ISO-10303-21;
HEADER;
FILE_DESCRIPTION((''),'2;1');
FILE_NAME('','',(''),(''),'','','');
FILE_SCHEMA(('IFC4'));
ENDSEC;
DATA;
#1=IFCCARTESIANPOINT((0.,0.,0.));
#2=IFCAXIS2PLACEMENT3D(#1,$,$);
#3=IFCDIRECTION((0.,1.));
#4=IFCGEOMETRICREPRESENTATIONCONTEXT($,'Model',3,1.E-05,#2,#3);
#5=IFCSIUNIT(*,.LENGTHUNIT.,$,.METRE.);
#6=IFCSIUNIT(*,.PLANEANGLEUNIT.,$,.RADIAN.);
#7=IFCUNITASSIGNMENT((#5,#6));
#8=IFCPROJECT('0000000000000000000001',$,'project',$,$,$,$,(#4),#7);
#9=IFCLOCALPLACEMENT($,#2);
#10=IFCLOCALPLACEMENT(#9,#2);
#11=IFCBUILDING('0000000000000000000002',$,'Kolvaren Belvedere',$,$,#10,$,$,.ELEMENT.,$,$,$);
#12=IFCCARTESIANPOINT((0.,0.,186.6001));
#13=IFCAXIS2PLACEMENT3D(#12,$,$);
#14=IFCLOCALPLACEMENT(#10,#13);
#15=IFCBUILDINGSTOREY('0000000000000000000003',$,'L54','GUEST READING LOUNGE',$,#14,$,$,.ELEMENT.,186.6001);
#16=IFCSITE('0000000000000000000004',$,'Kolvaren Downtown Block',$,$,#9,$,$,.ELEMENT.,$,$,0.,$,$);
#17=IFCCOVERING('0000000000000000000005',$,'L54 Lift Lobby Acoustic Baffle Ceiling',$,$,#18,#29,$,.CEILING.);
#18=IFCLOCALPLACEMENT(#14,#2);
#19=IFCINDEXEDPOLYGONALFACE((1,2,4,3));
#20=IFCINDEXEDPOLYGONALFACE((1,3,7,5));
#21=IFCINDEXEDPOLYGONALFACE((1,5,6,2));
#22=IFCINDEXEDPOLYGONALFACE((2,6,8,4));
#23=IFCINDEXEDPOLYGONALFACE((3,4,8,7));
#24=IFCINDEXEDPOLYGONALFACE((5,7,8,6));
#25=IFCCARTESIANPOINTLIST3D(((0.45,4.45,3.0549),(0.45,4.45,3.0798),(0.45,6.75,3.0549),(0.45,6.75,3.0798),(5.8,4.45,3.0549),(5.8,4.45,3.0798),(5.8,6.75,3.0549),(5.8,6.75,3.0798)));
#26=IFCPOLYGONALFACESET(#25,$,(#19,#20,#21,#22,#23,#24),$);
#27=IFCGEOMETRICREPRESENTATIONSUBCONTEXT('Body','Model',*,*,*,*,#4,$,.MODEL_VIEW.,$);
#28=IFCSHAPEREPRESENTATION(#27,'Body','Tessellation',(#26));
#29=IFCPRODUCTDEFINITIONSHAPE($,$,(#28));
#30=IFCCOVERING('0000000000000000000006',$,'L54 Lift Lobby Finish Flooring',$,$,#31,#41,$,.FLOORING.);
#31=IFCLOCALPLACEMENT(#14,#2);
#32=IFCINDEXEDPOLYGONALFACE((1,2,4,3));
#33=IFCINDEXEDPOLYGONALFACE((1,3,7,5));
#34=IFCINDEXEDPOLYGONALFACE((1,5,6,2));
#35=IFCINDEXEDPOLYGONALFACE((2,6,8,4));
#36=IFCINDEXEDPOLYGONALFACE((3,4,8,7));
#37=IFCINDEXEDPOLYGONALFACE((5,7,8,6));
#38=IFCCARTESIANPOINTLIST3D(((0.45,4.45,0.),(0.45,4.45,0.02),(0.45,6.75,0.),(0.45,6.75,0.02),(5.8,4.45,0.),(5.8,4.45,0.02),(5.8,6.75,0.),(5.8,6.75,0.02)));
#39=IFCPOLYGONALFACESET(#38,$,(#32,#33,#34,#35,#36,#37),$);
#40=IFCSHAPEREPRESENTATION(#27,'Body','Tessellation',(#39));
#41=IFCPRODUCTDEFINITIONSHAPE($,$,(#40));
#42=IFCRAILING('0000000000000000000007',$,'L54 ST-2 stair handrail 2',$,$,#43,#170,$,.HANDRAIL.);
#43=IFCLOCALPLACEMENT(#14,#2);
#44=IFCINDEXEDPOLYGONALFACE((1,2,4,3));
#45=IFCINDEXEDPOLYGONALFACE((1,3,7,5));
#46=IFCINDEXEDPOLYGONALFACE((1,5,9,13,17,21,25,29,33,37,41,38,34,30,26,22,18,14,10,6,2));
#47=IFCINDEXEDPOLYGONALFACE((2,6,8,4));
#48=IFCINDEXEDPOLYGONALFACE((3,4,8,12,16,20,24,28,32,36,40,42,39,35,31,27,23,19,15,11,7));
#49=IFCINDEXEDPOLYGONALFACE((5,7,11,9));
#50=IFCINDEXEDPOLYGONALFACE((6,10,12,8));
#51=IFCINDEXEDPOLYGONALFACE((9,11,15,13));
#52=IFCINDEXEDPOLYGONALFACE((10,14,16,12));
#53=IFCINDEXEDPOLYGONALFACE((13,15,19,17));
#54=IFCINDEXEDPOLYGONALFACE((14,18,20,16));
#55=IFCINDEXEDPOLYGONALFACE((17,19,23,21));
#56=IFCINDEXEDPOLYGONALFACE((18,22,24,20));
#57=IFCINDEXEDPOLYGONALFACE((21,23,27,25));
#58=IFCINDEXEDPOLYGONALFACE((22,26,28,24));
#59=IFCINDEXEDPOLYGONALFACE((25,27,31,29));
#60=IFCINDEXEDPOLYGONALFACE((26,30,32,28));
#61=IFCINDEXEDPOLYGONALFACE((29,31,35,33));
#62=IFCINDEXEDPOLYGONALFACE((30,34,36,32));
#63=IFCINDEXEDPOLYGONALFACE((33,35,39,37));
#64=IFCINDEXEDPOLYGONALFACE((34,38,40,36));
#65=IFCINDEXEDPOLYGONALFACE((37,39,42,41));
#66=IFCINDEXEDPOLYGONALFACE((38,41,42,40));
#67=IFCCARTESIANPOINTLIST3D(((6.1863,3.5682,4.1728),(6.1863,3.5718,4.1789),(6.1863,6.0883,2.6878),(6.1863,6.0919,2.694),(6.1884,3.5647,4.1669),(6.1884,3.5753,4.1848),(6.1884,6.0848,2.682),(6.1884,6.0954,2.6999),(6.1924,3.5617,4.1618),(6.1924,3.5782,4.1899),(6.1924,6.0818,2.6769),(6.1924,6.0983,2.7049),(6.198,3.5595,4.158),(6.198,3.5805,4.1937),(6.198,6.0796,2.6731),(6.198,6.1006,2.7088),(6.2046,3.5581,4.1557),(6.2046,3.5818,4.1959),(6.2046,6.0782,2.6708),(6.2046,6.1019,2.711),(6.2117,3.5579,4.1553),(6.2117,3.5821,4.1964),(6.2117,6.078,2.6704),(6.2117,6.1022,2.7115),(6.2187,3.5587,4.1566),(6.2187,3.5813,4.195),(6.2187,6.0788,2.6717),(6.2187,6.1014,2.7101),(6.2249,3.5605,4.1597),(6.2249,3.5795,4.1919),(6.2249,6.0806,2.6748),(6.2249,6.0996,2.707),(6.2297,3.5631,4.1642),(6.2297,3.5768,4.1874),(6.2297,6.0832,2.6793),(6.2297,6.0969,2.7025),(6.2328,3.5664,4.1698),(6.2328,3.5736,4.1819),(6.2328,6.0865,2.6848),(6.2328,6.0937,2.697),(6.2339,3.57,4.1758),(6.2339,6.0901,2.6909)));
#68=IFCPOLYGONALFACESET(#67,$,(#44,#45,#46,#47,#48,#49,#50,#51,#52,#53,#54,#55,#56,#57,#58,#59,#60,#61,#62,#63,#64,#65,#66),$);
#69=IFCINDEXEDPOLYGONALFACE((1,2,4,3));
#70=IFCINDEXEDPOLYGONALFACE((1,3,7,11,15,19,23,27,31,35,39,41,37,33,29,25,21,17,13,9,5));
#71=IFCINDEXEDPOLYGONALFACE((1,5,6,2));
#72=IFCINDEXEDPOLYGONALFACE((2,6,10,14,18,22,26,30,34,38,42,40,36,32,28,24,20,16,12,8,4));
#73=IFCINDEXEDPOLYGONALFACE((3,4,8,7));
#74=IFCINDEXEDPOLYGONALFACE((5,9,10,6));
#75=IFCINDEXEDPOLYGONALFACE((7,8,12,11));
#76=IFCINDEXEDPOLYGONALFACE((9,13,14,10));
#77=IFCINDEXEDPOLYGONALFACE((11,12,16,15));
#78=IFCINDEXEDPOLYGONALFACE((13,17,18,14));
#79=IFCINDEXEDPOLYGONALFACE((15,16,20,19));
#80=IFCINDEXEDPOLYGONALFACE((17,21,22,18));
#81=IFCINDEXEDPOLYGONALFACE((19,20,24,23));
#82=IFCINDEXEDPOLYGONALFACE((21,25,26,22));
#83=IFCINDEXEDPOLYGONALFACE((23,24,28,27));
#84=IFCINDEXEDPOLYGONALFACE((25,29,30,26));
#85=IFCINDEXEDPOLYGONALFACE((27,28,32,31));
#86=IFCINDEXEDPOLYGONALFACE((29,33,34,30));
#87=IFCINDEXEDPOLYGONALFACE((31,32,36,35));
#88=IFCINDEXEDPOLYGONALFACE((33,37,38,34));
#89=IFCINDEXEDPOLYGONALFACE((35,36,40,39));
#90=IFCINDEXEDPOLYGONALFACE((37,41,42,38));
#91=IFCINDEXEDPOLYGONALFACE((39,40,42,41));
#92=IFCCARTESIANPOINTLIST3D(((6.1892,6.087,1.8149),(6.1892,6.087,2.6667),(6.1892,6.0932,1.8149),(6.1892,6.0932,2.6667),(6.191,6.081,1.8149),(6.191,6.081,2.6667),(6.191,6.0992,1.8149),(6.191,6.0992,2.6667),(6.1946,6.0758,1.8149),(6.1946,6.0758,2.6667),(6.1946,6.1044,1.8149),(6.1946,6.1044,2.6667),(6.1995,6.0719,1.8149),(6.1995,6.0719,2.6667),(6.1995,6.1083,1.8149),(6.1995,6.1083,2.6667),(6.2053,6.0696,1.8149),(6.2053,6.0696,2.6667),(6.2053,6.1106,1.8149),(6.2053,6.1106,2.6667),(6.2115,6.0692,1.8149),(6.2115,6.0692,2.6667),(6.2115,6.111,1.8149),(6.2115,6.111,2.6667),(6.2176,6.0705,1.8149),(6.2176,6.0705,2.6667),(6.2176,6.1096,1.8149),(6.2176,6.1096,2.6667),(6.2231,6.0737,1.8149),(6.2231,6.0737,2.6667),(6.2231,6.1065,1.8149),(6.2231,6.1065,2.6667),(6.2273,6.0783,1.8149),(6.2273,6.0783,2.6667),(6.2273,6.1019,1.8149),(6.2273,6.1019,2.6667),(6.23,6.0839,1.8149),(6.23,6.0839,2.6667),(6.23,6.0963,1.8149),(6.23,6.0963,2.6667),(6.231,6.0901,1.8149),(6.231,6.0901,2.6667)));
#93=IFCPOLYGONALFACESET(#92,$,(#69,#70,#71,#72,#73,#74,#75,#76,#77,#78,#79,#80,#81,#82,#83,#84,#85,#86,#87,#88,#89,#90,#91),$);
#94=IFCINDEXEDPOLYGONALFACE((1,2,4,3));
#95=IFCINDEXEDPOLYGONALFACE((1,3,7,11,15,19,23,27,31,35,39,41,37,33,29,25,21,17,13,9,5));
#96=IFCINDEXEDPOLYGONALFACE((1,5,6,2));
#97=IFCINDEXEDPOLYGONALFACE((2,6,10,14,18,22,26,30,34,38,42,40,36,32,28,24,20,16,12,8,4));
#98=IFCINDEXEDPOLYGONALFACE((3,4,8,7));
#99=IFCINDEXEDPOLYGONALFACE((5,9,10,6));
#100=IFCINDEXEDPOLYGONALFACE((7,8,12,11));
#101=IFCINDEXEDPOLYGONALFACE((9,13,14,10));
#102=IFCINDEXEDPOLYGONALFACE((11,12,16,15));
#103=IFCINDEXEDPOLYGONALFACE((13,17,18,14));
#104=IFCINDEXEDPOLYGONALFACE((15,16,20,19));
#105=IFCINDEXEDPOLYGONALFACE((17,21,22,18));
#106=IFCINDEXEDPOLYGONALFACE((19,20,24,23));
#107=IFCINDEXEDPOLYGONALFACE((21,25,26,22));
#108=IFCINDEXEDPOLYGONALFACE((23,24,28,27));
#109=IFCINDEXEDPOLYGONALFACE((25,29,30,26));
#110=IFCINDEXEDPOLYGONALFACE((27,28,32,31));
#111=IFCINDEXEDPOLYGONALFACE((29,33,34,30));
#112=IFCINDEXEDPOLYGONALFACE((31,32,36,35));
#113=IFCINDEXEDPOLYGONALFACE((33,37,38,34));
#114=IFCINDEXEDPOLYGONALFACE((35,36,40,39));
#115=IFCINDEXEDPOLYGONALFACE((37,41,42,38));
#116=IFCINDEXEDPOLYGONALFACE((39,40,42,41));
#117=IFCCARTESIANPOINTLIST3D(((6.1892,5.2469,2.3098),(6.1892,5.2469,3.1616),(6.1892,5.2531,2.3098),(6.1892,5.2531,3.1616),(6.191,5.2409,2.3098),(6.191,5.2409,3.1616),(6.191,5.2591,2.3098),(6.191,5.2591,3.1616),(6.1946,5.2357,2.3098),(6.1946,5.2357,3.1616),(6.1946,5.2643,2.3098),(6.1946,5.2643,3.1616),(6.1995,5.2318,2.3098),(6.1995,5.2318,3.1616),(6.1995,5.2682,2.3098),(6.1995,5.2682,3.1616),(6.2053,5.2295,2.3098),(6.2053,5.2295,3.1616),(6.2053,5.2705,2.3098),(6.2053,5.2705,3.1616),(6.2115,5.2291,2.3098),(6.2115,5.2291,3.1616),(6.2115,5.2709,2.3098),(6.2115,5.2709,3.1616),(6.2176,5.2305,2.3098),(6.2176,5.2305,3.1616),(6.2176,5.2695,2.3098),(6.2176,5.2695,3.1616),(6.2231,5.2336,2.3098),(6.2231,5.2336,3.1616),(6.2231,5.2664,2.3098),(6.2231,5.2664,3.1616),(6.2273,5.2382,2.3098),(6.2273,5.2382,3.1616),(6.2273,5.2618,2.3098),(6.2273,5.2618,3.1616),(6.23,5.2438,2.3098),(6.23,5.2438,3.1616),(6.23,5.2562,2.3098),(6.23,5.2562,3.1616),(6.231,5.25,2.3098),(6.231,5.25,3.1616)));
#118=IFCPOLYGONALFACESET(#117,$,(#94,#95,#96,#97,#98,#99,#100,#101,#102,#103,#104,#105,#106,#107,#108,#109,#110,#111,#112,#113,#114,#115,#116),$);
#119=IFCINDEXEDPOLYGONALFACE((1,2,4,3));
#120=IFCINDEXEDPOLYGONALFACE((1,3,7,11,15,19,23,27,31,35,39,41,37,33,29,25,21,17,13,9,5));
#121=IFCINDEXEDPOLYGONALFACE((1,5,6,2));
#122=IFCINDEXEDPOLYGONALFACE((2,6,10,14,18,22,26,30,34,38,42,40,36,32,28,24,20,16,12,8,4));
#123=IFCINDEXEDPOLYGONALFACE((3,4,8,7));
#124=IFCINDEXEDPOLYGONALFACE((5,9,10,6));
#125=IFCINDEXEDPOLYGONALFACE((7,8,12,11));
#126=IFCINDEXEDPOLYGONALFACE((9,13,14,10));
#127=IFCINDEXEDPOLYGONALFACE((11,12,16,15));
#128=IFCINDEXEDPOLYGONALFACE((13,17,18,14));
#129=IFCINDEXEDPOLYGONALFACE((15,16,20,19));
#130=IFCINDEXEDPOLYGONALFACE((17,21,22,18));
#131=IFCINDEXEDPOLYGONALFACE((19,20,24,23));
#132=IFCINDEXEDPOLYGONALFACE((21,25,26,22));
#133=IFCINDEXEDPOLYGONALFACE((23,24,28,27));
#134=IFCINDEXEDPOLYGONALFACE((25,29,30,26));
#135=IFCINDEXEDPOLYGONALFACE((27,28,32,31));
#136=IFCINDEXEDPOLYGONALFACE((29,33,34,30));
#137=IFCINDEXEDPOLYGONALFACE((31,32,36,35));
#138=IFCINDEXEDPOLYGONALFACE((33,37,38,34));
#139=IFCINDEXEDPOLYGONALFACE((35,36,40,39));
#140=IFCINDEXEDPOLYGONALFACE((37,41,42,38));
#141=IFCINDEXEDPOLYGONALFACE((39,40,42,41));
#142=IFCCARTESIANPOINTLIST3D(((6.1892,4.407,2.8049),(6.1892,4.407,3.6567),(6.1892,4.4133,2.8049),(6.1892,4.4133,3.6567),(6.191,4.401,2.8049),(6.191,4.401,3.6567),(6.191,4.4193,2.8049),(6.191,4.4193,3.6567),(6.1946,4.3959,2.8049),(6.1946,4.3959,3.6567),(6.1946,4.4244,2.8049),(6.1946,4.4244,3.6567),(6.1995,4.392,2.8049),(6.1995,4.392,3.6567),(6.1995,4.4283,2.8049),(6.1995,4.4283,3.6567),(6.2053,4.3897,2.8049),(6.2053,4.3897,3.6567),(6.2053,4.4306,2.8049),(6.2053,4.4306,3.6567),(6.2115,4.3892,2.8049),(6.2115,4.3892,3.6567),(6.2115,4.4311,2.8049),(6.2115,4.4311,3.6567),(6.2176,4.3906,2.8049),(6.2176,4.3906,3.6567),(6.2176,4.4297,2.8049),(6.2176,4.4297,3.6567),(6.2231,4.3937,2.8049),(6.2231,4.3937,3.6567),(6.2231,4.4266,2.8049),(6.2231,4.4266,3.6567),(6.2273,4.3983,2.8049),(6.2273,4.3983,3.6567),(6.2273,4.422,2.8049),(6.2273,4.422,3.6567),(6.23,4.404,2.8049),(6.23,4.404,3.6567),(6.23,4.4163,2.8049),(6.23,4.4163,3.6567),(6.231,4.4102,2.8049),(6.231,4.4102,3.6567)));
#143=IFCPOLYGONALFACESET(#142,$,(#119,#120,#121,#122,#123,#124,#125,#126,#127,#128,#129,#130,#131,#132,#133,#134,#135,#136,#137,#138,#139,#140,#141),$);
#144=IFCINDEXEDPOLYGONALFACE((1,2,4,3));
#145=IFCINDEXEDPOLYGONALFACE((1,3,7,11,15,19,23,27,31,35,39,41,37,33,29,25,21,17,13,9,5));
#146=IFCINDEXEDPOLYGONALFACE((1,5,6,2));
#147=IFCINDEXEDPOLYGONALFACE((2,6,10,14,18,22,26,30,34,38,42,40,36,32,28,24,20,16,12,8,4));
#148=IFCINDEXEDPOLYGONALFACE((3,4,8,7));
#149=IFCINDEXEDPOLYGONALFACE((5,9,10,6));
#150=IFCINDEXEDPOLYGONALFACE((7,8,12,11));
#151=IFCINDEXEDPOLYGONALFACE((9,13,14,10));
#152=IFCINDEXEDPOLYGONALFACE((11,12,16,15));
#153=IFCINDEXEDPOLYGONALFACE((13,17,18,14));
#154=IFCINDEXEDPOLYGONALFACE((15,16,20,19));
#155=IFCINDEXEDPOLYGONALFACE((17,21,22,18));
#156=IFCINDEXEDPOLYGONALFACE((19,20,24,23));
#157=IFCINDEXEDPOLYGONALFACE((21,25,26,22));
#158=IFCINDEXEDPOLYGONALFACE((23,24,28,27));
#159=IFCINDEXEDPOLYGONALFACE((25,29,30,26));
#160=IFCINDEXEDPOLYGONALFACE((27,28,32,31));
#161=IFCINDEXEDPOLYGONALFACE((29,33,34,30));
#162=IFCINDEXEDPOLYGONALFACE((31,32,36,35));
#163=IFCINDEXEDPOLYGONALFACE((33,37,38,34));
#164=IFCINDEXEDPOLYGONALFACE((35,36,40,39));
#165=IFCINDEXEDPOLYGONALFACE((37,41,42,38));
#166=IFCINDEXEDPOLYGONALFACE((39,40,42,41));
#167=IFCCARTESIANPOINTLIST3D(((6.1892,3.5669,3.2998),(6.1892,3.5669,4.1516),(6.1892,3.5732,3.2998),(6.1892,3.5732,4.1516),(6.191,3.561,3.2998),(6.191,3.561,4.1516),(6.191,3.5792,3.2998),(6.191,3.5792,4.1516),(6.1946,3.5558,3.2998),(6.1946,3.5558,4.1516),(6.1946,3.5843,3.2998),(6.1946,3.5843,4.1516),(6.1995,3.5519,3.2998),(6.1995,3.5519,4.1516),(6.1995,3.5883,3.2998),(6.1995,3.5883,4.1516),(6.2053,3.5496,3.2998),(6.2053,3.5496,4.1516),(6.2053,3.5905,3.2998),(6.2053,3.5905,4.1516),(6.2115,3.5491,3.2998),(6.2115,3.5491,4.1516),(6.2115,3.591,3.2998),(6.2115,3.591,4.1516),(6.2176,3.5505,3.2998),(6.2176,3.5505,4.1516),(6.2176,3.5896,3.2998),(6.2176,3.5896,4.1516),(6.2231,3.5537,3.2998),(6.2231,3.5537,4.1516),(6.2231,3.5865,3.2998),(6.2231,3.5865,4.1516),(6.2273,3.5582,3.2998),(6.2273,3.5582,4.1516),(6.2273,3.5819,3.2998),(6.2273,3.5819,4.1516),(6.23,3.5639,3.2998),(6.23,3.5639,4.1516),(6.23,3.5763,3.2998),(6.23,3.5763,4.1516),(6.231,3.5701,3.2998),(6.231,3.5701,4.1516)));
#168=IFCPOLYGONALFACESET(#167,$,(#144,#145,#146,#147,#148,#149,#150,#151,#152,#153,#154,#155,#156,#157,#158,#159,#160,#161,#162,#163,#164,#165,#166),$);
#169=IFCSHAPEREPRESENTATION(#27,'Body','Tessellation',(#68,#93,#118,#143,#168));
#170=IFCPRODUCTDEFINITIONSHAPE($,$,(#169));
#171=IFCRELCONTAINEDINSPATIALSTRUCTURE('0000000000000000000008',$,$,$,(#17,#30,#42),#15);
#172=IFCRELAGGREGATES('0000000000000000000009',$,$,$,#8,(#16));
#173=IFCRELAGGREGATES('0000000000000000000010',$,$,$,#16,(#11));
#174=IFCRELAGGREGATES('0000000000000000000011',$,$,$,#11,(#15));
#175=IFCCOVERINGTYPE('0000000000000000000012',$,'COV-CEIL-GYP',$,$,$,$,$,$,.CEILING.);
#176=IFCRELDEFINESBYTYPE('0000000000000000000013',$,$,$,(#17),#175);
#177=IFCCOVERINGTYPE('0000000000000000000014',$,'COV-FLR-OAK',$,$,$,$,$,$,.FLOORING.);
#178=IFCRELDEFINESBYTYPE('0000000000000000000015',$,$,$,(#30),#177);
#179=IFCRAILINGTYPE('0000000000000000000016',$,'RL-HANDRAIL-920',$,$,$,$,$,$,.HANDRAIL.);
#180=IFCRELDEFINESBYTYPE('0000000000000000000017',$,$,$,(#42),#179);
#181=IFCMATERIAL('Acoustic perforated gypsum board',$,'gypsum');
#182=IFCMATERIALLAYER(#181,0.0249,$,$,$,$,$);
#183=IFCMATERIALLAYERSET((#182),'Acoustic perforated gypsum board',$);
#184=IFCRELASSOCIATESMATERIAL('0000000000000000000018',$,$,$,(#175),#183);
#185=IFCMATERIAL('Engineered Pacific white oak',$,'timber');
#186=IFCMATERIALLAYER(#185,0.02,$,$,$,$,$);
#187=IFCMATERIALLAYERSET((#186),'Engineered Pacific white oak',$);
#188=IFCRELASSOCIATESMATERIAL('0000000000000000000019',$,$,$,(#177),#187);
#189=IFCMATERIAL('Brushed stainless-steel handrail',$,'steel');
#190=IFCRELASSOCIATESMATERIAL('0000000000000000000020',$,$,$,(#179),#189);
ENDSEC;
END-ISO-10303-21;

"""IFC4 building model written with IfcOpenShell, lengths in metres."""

from ifc_helpers import new_model, si_unit, direction, frame, origin, origin_2d, place, context, subcontext, project, spatial, polyline, circle, outline, extrude, material, layer, layer_set, type_object, element, save


model = new_model("IFC4")

# Units and contexts
model_context = context("Model", 3, precision=1e-05, world=origin(), true_north=direction((0.0, 1.0)))
body_context = subcontext(model_context, "Body", "Model", "MODEL_VIEW")
ifc_project = project(units=[si_unit("LENGTHUNIT", "METRE"), si_unit("PLANEANGLEUNIT", "RADIAN")], contexts=[model_context])

# Site, building, storey
site_placement = place(None, origin())
site = spatial("IfcSite", under=ifc_project, at=site_placement, Name="Kolvaren Downtown Block", CompositionType="ELEMENT", RefElevation=0.0)
building_placement = place(site_placement, origin())
building = spatial("IfcBuilding", under=site, at=building_placement, Name="Kolvaren Belvedere", CompositionType="ELEMENT")
storey_placement = place(building_placement, frame((0.0, 0.0, 186.6001)))
storey = spatial("IfcBuildingStorey", under=building, at=storey_placement, Name="L54", Description="GUEST READING LOUNGE", CompositionType="ELEMENT", Elevation=186.6001)

# Coverings
ifc_material_1 = material(Name="Acoustic perforated gypsum board", Category="gypsum")
ifc_layer_1 = layer(ifc_material_1, 0.0249)
ifc_layer_set_1 = layer_set([ifc_layer_1], Name="Acoustic perforated gypsum board")
covering_type_1 = type_object("IfcCoveringType", Name="COV-CEIL-GYP", PredefinedType="CEILING", material=ifc_layer_set_1)
covering_1_placement = place(storey_placement, frame((0.0, 0.0, 3.0549)))
element("IfcCovering", 1, at=covering_1_placement, inside=storey, type_object=covering_type_1, Name="L54 Lift Lobby Acoustic Baffle Ceiling", PredefinedType="CEILING", context=body_context, shape_type="SweptSolid", body=[
    extrude(outline(polyline([(0.45, 4.45), (5.8, 4.45), (5.8, 6.75), (0.45, 6.75), (0.45, 4.45)])), origin(), (0.0, 0.0, 1.0), 0.0249),
])
ifc_material_2 = material(Name="Engineered Pacific white oak", Category="timber")
ifc_layer_2 = layer(ifc_material_2, 0.02)
ifc_layer_set_2 = layer_set([ifc_layer_2], Name="Engineered Pacific white oak")
covering_type_2 = type_object("IfcCoveringType", Name="COV-FLR-OAK", PredefinedType="FLOORING", material=ifc_layer_set_2)
covering_2_placement = place(storey_placement, origin())
element("IfcCovering", 2, at=covering_2_placement, inside=storey, type_object=covering_type_2, Name="L54 Lift Lobby Finish Flooring", PredefinedType="FLOORING", context=body_context, shape_type="SweptSolid", body=[
    extrude(outline(polyline([(0.45, 4.45), (5.8, 4.45), (5.8, 6.75), (0.45, 6.75), (0.45, 4.45)])), origin(), (0.0, 0.0, 1.0), 0.02),
])

# Railing
ifc_material_3 = material(Name="Brushed stainless-steel handrail", Category="steel")
railing_type_1 = type_object("IfcRailingType", Name="RL-HANDRAIL-920", PredefinedType="HANDRAIL", material=ifc_material_3)
railing_1_placement = place(storey_placement, frame((6.21, 6.0901, 1.8149)))
element("IfcRailing", 3, at=railing_1_placement, inside=storey, type_object=railing_type_1, Name="L54 ST-2 stair handrail 2", PredefinedType="HANDRAIL", context=body_context, shape_type="SweptSolid", body=[
    extrude(circle(Radius=0.0239, at=origin_2d()), frame((0.0, 0.0, 0.876), z_axis=(0.0, -0.861561, 0.507655), x_axis=(1.0, 0.0, 0.0)), (0.0, 0.0, 1.0), 2.925),
    extrude(circle(Radius=0.021, at=origin_2d()), origin(), (0.0, 0.0, 1.0), 0.8518),
    extrude(circle(Radius=0.021, at=origin_2d()), frame((0.0, -0.8401, 0.4949)), (0.0, 0.0, 1.0), 0.8518),
    extrude(circle(Radius=0.021, at=origin_2d()), frame((0.0, -1.6799, 0.99)), (0.0, 0.0, 1.0), 0.8518),
    extrude(circle(Radius=0.021, at=origin_2d()), frame((0.0, -2.52, 1.4849)), (0.0, 0.0, 1.0), 0.8518),
])

save(model, "model.ifc")
